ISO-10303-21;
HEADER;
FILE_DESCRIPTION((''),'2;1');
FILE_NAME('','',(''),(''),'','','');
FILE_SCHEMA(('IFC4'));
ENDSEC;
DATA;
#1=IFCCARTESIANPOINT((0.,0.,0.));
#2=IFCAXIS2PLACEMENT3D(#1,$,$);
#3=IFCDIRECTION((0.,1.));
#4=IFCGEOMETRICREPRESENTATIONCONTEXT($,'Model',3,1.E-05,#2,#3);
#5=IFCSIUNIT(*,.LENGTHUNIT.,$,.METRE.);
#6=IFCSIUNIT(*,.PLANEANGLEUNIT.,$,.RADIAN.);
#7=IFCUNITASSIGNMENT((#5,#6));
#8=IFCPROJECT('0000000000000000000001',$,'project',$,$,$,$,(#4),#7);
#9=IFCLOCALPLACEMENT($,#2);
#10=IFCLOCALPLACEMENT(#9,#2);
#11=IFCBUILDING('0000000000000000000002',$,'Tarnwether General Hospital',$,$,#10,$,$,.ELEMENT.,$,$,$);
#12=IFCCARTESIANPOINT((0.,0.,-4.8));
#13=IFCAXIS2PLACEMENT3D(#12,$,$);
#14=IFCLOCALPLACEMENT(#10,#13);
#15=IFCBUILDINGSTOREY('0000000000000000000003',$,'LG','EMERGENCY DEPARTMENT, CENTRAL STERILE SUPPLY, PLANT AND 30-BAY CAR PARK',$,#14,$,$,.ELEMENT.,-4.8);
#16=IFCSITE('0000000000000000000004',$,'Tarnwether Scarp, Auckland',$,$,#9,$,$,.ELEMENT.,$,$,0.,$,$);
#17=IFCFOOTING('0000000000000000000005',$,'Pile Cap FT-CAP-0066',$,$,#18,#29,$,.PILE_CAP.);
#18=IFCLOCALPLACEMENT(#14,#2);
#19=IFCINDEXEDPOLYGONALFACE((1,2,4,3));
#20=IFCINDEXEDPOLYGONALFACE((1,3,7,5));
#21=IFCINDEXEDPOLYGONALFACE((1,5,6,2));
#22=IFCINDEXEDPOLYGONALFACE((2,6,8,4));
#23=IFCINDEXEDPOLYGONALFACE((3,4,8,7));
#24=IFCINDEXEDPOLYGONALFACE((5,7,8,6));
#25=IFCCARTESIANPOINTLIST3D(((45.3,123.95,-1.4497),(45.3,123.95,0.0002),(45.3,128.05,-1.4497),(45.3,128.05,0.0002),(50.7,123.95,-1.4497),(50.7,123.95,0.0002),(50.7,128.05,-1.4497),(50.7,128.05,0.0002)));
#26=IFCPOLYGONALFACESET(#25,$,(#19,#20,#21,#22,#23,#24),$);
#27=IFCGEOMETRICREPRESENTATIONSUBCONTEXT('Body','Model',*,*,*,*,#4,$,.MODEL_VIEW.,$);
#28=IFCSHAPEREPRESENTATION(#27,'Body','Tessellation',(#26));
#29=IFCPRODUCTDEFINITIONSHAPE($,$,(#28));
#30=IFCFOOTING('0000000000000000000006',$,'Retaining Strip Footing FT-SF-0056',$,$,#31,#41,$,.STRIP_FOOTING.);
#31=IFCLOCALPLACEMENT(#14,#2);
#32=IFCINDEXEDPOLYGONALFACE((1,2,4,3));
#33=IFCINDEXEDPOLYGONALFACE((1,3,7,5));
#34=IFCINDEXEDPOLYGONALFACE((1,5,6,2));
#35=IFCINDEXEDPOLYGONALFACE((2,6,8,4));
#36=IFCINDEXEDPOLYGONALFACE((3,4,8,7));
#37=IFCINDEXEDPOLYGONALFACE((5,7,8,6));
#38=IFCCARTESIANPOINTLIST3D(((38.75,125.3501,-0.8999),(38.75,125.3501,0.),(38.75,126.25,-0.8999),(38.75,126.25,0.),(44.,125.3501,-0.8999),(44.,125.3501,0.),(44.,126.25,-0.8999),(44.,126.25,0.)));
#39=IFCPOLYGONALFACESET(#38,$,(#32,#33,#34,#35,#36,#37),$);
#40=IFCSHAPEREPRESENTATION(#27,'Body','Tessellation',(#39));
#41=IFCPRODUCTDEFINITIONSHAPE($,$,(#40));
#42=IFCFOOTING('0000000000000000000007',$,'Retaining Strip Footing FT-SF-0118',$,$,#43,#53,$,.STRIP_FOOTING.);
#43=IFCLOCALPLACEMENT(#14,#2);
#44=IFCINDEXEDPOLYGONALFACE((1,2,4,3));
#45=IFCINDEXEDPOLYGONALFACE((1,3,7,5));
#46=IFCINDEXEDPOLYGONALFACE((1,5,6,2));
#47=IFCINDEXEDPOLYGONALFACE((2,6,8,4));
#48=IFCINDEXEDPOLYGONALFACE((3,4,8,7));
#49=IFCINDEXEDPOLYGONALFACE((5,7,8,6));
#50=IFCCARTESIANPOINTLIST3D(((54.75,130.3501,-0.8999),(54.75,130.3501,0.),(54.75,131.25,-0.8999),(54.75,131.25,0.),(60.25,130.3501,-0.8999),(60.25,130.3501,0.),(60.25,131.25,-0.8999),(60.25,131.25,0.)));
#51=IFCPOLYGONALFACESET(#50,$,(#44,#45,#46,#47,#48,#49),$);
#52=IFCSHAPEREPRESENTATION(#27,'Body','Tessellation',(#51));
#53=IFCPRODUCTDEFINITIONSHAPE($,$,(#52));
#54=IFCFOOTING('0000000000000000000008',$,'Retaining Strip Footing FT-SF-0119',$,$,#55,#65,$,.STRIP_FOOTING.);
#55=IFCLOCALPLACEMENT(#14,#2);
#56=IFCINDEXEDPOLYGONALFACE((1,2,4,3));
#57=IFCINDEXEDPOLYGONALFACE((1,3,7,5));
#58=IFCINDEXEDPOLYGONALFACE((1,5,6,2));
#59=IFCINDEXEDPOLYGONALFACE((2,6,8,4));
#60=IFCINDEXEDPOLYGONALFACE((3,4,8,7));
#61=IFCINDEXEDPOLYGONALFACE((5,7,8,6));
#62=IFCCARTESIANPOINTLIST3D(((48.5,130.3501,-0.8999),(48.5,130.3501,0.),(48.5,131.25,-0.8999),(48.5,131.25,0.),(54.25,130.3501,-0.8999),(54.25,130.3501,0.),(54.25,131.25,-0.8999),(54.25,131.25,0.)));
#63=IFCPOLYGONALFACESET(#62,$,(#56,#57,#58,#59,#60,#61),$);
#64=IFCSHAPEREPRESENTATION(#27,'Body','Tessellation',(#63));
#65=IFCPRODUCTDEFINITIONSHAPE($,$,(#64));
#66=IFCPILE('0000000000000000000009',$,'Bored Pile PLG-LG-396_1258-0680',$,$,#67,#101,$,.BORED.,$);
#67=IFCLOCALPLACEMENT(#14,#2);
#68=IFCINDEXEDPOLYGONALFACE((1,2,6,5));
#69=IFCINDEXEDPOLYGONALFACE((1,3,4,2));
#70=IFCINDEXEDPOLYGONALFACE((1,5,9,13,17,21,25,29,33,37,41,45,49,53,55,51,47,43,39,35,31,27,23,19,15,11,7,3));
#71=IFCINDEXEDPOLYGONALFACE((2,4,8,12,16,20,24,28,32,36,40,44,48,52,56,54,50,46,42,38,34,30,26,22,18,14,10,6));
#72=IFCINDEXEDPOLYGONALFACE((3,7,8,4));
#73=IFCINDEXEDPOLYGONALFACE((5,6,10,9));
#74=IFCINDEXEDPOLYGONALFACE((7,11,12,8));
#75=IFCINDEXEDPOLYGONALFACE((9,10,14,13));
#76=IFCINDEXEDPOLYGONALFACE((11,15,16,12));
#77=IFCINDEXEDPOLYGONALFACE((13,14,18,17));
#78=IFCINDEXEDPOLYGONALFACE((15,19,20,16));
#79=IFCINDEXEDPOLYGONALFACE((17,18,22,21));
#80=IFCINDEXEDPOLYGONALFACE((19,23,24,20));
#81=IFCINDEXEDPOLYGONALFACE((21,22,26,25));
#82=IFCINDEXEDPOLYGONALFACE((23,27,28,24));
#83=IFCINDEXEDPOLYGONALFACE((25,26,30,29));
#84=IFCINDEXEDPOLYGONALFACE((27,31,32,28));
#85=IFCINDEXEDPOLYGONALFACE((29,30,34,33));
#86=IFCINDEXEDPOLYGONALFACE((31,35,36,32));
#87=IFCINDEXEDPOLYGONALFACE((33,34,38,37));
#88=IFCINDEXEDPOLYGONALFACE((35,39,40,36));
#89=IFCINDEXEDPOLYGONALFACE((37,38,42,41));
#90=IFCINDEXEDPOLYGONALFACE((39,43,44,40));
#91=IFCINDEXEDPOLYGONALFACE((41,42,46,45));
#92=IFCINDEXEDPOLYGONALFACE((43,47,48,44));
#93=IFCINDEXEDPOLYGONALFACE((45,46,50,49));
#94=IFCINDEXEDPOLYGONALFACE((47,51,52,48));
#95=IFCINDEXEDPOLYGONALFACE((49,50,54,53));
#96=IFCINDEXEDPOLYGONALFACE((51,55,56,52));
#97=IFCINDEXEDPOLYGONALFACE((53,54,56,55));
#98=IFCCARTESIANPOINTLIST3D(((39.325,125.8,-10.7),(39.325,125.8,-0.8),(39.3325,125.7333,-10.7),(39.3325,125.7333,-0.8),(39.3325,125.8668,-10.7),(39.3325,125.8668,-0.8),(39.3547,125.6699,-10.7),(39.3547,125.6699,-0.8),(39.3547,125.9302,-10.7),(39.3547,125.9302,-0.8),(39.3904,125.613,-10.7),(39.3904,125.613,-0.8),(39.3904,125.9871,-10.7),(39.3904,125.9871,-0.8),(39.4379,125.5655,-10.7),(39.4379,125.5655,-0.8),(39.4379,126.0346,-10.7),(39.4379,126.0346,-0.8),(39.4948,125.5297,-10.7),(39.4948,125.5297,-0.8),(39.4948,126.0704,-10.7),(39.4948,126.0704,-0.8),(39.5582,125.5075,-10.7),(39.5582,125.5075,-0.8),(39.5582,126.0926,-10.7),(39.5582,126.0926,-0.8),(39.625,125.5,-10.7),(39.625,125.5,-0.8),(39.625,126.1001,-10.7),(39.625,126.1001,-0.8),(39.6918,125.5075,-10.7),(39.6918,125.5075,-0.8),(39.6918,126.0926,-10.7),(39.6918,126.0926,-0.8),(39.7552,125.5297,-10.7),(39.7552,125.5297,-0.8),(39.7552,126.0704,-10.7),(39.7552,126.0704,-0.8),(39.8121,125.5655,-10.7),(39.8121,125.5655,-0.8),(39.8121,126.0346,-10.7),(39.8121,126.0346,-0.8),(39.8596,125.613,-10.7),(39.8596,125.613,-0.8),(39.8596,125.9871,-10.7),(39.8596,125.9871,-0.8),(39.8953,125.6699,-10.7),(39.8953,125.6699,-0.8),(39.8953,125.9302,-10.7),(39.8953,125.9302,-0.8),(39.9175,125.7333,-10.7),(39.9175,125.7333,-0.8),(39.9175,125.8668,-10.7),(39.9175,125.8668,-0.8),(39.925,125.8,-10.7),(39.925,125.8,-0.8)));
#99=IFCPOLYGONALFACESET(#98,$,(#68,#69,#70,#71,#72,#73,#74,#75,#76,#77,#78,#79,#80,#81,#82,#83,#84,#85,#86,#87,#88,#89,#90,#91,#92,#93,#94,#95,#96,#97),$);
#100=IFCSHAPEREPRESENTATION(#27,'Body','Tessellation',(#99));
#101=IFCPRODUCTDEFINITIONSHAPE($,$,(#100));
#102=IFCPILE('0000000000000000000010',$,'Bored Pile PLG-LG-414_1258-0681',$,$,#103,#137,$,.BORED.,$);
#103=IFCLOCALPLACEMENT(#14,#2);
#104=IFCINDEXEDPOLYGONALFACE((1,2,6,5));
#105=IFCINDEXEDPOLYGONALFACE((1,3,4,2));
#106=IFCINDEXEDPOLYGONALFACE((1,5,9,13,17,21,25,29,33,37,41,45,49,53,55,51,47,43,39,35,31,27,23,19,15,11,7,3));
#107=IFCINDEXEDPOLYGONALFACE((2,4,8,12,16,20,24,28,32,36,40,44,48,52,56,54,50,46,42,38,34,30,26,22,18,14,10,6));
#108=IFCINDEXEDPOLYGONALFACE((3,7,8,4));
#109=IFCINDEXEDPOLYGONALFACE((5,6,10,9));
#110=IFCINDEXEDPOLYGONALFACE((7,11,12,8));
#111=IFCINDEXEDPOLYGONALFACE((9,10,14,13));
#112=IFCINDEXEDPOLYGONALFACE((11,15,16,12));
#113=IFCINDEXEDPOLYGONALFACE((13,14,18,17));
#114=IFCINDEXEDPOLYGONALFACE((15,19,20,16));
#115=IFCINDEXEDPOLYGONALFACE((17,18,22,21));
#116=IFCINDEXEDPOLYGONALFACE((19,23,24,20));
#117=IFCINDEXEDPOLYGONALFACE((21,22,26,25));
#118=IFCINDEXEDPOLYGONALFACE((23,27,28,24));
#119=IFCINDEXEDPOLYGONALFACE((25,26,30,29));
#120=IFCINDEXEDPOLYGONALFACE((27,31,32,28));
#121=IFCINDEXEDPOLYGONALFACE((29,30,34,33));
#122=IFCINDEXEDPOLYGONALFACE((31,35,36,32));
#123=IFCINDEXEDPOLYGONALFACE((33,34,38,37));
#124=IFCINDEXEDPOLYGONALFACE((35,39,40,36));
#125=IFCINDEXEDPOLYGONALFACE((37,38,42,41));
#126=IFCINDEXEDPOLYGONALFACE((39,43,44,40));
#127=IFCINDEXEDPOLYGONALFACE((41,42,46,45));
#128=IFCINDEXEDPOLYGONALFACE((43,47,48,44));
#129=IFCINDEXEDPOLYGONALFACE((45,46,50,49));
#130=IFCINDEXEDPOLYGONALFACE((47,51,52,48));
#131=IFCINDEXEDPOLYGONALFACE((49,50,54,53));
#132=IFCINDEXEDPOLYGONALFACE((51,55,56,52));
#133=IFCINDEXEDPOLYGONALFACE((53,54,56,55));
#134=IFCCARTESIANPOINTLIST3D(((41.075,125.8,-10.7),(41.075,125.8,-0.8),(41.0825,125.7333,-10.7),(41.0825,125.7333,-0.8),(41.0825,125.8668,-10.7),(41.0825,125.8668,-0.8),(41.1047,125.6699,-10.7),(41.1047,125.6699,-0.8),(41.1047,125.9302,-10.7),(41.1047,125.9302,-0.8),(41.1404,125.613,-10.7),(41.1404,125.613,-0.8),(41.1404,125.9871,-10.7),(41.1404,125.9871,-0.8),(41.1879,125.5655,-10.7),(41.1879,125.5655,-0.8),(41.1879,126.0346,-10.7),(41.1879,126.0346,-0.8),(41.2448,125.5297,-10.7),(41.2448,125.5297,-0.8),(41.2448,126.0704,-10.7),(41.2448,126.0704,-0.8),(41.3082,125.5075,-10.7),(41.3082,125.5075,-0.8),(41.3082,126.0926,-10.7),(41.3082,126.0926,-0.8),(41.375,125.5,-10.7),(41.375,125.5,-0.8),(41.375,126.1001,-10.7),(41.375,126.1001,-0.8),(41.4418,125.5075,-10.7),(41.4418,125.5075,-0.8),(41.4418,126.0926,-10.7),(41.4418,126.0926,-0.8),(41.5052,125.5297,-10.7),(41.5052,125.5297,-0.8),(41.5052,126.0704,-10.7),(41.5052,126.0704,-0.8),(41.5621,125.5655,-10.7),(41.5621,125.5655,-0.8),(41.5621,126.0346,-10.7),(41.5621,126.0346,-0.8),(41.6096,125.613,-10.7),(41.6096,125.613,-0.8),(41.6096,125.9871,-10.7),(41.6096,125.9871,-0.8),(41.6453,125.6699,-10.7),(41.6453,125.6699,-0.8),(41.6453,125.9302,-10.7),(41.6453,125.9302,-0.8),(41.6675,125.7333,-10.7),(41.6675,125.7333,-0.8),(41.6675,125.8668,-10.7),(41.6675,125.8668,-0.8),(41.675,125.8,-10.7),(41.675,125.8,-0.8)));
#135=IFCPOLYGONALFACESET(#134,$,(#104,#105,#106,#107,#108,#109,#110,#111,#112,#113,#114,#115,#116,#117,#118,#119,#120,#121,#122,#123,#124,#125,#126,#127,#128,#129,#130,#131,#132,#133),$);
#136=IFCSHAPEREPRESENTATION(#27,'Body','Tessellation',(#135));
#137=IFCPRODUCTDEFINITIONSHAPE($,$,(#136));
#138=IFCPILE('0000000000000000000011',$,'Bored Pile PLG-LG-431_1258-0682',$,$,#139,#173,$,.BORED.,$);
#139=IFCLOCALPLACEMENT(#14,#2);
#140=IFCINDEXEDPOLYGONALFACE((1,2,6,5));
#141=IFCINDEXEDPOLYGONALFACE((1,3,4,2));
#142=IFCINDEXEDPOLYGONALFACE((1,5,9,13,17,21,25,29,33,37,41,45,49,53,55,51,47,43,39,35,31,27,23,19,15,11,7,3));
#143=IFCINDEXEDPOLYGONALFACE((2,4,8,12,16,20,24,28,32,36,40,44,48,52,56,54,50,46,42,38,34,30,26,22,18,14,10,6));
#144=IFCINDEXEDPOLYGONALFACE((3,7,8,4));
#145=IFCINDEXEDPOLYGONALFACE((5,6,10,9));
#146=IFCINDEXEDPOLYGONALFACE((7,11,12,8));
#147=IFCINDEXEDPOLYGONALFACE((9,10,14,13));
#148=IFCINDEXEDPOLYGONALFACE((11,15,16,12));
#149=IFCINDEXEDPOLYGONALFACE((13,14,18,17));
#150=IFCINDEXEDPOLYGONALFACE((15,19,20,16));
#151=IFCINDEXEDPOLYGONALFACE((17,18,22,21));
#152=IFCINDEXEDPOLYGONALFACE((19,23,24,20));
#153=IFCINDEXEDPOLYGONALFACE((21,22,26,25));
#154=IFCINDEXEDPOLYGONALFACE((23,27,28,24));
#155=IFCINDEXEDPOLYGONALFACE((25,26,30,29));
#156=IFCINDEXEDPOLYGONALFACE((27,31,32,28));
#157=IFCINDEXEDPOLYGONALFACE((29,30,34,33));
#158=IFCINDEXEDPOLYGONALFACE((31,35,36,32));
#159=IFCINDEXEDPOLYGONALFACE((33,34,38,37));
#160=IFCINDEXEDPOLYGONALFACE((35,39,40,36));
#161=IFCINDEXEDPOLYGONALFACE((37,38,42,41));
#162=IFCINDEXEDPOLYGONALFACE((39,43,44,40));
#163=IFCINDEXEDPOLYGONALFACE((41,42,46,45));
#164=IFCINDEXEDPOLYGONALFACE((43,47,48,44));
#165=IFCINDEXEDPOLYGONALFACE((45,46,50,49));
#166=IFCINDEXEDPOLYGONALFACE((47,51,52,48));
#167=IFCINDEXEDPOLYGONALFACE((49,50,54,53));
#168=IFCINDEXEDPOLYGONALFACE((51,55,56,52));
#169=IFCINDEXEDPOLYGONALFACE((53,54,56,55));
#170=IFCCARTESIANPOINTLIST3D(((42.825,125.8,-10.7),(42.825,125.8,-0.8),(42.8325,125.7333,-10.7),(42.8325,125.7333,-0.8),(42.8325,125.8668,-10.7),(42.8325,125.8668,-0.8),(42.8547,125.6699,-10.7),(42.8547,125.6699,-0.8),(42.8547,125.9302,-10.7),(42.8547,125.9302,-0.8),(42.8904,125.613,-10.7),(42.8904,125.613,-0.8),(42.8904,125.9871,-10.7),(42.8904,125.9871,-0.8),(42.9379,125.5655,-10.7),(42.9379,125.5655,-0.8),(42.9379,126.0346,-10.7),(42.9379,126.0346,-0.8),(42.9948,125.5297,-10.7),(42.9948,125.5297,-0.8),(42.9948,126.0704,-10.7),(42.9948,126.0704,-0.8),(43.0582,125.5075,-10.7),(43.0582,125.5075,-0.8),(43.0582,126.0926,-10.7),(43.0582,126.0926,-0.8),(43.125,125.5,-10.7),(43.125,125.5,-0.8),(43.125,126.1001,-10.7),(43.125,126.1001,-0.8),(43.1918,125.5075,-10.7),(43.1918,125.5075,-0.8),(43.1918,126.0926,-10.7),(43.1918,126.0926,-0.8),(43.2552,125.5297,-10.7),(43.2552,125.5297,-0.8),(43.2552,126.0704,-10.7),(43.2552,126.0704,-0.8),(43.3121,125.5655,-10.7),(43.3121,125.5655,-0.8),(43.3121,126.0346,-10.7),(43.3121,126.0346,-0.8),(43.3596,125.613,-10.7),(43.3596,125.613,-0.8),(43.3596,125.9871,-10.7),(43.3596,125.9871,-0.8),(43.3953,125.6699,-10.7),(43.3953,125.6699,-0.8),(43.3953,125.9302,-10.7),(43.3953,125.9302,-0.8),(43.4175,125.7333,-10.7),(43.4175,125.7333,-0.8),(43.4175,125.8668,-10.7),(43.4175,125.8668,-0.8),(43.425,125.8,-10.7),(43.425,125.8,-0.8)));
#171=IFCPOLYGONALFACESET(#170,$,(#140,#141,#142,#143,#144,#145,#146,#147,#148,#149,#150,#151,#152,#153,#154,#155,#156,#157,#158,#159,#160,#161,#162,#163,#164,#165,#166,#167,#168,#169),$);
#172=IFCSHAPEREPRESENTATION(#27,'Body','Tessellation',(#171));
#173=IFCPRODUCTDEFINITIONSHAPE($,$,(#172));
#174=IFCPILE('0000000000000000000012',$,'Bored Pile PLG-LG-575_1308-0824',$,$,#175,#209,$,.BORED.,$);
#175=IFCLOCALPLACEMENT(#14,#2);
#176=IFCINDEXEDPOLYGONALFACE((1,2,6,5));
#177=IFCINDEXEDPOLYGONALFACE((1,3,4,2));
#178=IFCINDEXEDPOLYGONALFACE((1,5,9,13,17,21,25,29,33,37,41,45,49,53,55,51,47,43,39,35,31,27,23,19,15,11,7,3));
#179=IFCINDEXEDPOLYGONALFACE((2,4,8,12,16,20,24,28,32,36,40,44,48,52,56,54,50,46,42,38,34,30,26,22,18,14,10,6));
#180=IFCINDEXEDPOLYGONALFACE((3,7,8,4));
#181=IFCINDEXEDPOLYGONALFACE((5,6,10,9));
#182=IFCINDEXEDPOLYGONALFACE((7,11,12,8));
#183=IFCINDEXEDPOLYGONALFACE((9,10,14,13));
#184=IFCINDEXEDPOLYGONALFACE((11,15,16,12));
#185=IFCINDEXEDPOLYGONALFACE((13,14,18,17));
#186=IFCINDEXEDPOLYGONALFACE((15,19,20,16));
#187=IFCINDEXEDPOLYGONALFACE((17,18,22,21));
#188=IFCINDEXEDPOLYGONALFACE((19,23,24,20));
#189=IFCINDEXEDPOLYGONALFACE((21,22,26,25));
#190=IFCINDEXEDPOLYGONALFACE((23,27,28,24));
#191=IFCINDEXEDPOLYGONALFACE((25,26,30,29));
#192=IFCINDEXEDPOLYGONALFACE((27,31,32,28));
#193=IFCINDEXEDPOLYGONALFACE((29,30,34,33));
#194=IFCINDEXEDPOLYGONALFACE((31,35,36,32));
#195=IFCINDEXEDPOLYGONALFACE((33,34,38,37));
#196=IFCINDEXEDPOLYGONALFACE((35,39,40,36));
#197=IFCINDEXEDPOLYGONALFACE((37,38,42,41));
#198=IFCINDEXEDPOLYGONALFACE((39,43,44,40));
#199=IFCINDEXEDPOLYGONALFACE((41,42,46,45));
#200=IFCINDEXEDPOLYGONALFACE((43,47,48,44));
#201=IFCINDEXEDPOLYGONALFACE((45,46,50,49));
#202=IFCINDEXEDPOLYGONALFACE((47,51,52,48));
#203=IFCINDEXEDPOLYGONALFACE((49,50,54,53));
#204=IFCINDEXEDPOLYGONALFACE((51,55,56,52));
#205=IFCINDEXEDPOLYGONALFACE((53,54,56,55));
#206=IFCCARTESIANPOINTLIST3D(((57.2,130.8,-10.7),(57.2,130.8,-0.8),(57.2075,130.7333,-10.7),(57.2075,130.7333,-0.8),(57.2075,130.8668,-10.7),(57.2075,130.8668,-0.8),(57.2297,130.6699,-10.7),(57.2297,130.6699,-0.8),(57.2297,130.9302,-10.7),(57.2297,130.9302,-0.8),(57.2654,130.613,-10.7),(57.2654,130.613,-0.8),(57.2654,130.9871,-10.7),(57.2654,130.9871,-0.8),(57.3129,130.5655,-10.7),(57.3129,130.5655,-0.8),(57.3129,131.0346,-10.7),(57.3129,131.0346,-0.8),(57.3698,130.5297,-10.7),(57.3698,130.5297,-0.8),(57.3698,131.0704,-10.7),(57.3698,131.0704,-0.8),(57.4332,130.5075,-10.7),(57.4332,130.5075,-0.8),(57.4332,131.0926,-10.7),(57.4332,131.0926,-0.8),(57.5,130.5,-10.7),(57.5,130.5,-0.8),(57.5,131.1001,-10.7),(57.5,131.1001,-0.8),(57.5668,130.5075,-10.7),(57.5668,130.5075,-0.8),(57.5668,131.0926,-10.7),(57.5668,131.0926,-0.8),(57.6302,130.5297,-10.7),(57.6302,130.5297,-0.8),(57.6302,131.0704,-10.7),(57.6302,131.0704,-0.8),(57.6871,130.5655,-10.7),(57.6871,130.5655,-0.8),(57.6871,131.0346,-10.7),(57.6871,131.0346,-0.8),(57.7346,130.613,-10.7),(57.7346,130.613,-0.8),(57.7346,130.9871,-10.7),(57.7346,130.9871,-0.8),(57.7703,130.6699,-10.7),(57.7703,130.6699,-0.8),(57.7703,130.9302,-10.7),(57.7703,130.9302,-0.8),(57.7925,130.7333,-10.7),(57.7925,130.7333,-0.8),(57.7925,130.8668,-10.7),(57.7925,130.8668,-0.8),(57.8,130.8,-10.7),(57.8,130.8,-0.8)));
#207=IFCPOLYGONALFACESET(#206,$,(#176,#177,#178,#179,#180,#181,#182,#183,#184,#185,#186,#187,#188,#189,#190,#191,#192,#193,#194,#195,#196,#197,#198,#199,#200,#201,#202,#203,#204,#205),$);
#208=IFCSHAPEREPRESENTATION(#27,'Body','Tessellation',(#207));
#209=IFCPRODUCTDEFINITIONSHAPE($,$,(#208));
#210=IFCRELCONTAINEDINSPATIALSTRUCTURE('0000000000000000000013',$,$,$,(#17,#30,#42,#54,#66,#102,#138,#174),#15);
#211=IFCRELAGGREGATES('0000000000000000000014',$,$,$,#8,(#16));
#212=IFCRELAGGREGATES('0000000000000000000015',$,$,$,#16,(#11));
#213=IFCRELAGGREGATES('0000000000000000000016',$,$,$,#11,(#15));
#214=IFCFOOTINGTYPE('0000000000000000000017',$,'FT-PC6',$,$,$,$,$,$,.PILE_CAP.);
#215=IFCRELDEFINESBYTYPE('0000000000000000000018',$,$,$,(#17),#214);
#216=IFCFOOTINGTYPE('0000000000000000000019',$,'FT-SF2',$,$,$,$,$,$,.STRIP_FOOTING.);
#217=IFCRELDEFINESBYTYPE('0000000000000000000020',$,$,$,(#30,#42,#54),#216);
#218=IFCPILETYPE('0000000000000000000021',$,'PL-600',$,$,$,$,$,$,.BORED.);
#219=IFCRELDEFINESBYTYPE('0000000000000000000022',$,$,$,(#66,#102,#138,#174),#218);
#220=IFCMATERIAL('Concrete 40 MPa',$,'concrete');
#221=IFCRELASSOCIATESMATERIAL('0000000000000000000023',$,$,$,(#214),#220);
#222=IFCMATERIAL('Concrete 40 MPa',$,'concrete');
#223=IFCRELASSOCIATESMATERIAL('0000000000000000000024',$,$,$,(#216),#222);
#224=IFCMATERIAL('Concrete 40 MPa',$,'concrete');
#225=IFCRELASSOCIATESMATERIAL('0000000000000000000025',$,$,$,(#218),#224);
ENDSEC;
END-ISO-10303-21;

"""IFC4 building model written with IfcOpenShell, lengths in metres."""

from ifc_helpers import new_model, si_unit, direction, frame, origin, origin_2d, place, context, subcontext, project, spatial, rectangle, circle, extrude, material, material_profile, profile_set, type_object, element, save


model = new_model("IFC4")

# Units and contexts
model_context = context("Model", 3, precision=1e-05, world=origin(), true_north=direction((0.0, 1.0)))
body_context = subcontext(model_context, "Body", "Model", "MODEL_VIEW")
ifc_project = project(units=[si_unit("LENGTHUNIT", "METRE"), si_unit("PLANEANGLEUNIT", "RADIAN")], contexts=[model_context])

# Site, building, storey
site_placement = place(None, origin())
site = spatial("IfcSite", under=ifc_project, at=site_placement, Name="Tarnwether Scarp, Auckland", CompositionType="ELEMENT", RefElevation=0.0)
building_placement = place(site_placement, origin())
building = spatial("IfcBuilding", under=site, at=building_placement, Name="Tarnwether General Hospital", CompositionType="ELEMENT")
storey_placement = place(building_placement, frame((0.0, 0.0, -4.8)))
storey = spatial("IfcBuildingStorey", under=building, at=storey_placement, Name="LG", Description="EMERGENCY DEPARTMENT, CENTRAL STERILE SUPPLY, PLANT AND 30-BAY CAR PARK", CompositionType="ELEMENT", Elevation=-4.8)

# Footings
ifc_material_1 = material(Name="Concrete 40 MPa", Category="concrete")
footing_type_1 = type_object("IfcFootingType", Name="FT-PC6", PredefinedType="PILE_CAP", material=ifc_material_1)
footing_1_placement = place(storey_placement, frame((48.0, 126.0, -1.4497), z_axis=(0.0, 0.0, 1.0), x_axis=(1.0, 0.0, 0.0)))
element("IfcFooting", 1, at=footing_1_placement, inside=storey, type_object=footing_type_1, Name="Pile Cap FT-CAP-0066", PredefinedType="PILE_CAP", context=body_context, shape_type="SweptSolid", body=[
    extrude(rectangle(XDim=5.3999, YDim=4.1001, at=origin_2d()), origin(), (0.0, 0.0, 1.0), 1.45),
])
ifc_material_2 = material(Name="Concrete 40 MPa", Category="concrete")
footing_type_2 = type_object("IfcFootingType", Name="FT-SF2", PredefinedType="STRIP_FOOTING", material=ifc_material_2)
footing_2_placement = place(storey_placement, frame((41.375, 125.8, -0.8999), z_axis=(0.0, 0.0, 1.0), x_axis=(1.0, 0.0, 0.0)))
element("IfcFooting", 2, at=footing_2_placement, inside=storey, type_object=footing_type_2, Name="Retaining Strip Footing FT-SF-0056", PredefinedType="STRIP_FOOTING", context=body_context, shape_type="SweptSolid", body=[
    extrude(rectangle(XDim=5.25, YDim=0.8999, at=origin_2d()), origin(), (0.0, 0.0, 1.0), 0.8999),
])
footing_3_placement = place(storey_placement, frame((57.5, 130.8, -0.8999), z_axis=(0.0, 0.0, 1.0), x_axis=(-1.0, 0.0, 0.0)))
element("IfcFooting", 3, at=footing_3_placement, inside=storey, type_object=footing_type_2, Name="Retaining Strip Footing FT-SF-0118", PredefinedType="STRIP_FOOTING", context=body_context, shape_type="SweptSolid", body=[
    extrude(rectangle(XDim=5.5, YDim=0.8999, at=origin_2d()), origin(), (0.0, 0.0, 1.0), 0.8999),
])
footing_4_placement = place(storey_placement, frame((51.375, 130.8, -0.8999), z_axis=(0.0, 0.0, 1.0), x_axis=(-1.0, 0.0, 0.0)))
element("IfcFooting", 4, at=footing_4_placement, inside=storey, type_object=footing_type_2, Name="Retaining Strip Footing FT-SF-0119", PredefinedType="STRIP_FOOTING", context=body_context, shape_type="SweptSolid", body=[
    extrude(rectangle(XDim=5.75, YDim=0.8999, at=origin_2d()), origin(), (0.0, 0.0, 1.0), 0.8999),
])

# Piles
ifc_material_3 = material(Name="Concrete 40 MPa", Category="concrete")
ifc_material_profile_1 = material_profile(ifc_material_3, circle(Radius=0.3, at=origin_2d()), Name="PILE-D600")
ifc_profile_set_1 = profile_set([ifc_material_profile_1], Name="Concrete 40 MPa")
pile_type_1 = type_object("IfcPileType", Name="PL-600", PredefinedType="BORED", material=ifc_profile_set_1)
for number, where, z_axis, x_axis, name in (
    (5, (39.625, 125.8, -0.8), (0.0, 0.0, -1.0), (1.0, 0.0, 0.0), "Bored Pile PLG-LG-396_1258-0680"),
    (6, (41.375, 125.8, -0.8), (0.0, 0.0, -1.0), (1.0, 0.0, 0.0), "Bored Pile PLG-LG-414_1258-0681"),
    (7, (43.125, 125.8, -0.8), (0.0, 0.0, -1.0), (1.0, 0.0, 0.0), "Bored Pile PLG-LG-431_1258-0682"),
    (8, (57.5, 130.8, -0.8), (0.0, 0.0, -1.0), (1.0, 0.0, 0.0), "Bored Pile PLG-LG-575_1308-0824"),
):
    element("IfcPile", number, at=place(storey_placement, frame(where, z_axis=z_axis, x_axis=x_axis)), inside=storey, type_object=pile_type_1, Name=name, PredefinedType="BORED", context=body_context, shape_type="SweptSolid", body=[
        extrude(circle(Radius=0.3, at=origin_2d()), origin(), (0.0, 0.0, 1.0), 9.8999),
    ])

save(model, "model.ifc")
